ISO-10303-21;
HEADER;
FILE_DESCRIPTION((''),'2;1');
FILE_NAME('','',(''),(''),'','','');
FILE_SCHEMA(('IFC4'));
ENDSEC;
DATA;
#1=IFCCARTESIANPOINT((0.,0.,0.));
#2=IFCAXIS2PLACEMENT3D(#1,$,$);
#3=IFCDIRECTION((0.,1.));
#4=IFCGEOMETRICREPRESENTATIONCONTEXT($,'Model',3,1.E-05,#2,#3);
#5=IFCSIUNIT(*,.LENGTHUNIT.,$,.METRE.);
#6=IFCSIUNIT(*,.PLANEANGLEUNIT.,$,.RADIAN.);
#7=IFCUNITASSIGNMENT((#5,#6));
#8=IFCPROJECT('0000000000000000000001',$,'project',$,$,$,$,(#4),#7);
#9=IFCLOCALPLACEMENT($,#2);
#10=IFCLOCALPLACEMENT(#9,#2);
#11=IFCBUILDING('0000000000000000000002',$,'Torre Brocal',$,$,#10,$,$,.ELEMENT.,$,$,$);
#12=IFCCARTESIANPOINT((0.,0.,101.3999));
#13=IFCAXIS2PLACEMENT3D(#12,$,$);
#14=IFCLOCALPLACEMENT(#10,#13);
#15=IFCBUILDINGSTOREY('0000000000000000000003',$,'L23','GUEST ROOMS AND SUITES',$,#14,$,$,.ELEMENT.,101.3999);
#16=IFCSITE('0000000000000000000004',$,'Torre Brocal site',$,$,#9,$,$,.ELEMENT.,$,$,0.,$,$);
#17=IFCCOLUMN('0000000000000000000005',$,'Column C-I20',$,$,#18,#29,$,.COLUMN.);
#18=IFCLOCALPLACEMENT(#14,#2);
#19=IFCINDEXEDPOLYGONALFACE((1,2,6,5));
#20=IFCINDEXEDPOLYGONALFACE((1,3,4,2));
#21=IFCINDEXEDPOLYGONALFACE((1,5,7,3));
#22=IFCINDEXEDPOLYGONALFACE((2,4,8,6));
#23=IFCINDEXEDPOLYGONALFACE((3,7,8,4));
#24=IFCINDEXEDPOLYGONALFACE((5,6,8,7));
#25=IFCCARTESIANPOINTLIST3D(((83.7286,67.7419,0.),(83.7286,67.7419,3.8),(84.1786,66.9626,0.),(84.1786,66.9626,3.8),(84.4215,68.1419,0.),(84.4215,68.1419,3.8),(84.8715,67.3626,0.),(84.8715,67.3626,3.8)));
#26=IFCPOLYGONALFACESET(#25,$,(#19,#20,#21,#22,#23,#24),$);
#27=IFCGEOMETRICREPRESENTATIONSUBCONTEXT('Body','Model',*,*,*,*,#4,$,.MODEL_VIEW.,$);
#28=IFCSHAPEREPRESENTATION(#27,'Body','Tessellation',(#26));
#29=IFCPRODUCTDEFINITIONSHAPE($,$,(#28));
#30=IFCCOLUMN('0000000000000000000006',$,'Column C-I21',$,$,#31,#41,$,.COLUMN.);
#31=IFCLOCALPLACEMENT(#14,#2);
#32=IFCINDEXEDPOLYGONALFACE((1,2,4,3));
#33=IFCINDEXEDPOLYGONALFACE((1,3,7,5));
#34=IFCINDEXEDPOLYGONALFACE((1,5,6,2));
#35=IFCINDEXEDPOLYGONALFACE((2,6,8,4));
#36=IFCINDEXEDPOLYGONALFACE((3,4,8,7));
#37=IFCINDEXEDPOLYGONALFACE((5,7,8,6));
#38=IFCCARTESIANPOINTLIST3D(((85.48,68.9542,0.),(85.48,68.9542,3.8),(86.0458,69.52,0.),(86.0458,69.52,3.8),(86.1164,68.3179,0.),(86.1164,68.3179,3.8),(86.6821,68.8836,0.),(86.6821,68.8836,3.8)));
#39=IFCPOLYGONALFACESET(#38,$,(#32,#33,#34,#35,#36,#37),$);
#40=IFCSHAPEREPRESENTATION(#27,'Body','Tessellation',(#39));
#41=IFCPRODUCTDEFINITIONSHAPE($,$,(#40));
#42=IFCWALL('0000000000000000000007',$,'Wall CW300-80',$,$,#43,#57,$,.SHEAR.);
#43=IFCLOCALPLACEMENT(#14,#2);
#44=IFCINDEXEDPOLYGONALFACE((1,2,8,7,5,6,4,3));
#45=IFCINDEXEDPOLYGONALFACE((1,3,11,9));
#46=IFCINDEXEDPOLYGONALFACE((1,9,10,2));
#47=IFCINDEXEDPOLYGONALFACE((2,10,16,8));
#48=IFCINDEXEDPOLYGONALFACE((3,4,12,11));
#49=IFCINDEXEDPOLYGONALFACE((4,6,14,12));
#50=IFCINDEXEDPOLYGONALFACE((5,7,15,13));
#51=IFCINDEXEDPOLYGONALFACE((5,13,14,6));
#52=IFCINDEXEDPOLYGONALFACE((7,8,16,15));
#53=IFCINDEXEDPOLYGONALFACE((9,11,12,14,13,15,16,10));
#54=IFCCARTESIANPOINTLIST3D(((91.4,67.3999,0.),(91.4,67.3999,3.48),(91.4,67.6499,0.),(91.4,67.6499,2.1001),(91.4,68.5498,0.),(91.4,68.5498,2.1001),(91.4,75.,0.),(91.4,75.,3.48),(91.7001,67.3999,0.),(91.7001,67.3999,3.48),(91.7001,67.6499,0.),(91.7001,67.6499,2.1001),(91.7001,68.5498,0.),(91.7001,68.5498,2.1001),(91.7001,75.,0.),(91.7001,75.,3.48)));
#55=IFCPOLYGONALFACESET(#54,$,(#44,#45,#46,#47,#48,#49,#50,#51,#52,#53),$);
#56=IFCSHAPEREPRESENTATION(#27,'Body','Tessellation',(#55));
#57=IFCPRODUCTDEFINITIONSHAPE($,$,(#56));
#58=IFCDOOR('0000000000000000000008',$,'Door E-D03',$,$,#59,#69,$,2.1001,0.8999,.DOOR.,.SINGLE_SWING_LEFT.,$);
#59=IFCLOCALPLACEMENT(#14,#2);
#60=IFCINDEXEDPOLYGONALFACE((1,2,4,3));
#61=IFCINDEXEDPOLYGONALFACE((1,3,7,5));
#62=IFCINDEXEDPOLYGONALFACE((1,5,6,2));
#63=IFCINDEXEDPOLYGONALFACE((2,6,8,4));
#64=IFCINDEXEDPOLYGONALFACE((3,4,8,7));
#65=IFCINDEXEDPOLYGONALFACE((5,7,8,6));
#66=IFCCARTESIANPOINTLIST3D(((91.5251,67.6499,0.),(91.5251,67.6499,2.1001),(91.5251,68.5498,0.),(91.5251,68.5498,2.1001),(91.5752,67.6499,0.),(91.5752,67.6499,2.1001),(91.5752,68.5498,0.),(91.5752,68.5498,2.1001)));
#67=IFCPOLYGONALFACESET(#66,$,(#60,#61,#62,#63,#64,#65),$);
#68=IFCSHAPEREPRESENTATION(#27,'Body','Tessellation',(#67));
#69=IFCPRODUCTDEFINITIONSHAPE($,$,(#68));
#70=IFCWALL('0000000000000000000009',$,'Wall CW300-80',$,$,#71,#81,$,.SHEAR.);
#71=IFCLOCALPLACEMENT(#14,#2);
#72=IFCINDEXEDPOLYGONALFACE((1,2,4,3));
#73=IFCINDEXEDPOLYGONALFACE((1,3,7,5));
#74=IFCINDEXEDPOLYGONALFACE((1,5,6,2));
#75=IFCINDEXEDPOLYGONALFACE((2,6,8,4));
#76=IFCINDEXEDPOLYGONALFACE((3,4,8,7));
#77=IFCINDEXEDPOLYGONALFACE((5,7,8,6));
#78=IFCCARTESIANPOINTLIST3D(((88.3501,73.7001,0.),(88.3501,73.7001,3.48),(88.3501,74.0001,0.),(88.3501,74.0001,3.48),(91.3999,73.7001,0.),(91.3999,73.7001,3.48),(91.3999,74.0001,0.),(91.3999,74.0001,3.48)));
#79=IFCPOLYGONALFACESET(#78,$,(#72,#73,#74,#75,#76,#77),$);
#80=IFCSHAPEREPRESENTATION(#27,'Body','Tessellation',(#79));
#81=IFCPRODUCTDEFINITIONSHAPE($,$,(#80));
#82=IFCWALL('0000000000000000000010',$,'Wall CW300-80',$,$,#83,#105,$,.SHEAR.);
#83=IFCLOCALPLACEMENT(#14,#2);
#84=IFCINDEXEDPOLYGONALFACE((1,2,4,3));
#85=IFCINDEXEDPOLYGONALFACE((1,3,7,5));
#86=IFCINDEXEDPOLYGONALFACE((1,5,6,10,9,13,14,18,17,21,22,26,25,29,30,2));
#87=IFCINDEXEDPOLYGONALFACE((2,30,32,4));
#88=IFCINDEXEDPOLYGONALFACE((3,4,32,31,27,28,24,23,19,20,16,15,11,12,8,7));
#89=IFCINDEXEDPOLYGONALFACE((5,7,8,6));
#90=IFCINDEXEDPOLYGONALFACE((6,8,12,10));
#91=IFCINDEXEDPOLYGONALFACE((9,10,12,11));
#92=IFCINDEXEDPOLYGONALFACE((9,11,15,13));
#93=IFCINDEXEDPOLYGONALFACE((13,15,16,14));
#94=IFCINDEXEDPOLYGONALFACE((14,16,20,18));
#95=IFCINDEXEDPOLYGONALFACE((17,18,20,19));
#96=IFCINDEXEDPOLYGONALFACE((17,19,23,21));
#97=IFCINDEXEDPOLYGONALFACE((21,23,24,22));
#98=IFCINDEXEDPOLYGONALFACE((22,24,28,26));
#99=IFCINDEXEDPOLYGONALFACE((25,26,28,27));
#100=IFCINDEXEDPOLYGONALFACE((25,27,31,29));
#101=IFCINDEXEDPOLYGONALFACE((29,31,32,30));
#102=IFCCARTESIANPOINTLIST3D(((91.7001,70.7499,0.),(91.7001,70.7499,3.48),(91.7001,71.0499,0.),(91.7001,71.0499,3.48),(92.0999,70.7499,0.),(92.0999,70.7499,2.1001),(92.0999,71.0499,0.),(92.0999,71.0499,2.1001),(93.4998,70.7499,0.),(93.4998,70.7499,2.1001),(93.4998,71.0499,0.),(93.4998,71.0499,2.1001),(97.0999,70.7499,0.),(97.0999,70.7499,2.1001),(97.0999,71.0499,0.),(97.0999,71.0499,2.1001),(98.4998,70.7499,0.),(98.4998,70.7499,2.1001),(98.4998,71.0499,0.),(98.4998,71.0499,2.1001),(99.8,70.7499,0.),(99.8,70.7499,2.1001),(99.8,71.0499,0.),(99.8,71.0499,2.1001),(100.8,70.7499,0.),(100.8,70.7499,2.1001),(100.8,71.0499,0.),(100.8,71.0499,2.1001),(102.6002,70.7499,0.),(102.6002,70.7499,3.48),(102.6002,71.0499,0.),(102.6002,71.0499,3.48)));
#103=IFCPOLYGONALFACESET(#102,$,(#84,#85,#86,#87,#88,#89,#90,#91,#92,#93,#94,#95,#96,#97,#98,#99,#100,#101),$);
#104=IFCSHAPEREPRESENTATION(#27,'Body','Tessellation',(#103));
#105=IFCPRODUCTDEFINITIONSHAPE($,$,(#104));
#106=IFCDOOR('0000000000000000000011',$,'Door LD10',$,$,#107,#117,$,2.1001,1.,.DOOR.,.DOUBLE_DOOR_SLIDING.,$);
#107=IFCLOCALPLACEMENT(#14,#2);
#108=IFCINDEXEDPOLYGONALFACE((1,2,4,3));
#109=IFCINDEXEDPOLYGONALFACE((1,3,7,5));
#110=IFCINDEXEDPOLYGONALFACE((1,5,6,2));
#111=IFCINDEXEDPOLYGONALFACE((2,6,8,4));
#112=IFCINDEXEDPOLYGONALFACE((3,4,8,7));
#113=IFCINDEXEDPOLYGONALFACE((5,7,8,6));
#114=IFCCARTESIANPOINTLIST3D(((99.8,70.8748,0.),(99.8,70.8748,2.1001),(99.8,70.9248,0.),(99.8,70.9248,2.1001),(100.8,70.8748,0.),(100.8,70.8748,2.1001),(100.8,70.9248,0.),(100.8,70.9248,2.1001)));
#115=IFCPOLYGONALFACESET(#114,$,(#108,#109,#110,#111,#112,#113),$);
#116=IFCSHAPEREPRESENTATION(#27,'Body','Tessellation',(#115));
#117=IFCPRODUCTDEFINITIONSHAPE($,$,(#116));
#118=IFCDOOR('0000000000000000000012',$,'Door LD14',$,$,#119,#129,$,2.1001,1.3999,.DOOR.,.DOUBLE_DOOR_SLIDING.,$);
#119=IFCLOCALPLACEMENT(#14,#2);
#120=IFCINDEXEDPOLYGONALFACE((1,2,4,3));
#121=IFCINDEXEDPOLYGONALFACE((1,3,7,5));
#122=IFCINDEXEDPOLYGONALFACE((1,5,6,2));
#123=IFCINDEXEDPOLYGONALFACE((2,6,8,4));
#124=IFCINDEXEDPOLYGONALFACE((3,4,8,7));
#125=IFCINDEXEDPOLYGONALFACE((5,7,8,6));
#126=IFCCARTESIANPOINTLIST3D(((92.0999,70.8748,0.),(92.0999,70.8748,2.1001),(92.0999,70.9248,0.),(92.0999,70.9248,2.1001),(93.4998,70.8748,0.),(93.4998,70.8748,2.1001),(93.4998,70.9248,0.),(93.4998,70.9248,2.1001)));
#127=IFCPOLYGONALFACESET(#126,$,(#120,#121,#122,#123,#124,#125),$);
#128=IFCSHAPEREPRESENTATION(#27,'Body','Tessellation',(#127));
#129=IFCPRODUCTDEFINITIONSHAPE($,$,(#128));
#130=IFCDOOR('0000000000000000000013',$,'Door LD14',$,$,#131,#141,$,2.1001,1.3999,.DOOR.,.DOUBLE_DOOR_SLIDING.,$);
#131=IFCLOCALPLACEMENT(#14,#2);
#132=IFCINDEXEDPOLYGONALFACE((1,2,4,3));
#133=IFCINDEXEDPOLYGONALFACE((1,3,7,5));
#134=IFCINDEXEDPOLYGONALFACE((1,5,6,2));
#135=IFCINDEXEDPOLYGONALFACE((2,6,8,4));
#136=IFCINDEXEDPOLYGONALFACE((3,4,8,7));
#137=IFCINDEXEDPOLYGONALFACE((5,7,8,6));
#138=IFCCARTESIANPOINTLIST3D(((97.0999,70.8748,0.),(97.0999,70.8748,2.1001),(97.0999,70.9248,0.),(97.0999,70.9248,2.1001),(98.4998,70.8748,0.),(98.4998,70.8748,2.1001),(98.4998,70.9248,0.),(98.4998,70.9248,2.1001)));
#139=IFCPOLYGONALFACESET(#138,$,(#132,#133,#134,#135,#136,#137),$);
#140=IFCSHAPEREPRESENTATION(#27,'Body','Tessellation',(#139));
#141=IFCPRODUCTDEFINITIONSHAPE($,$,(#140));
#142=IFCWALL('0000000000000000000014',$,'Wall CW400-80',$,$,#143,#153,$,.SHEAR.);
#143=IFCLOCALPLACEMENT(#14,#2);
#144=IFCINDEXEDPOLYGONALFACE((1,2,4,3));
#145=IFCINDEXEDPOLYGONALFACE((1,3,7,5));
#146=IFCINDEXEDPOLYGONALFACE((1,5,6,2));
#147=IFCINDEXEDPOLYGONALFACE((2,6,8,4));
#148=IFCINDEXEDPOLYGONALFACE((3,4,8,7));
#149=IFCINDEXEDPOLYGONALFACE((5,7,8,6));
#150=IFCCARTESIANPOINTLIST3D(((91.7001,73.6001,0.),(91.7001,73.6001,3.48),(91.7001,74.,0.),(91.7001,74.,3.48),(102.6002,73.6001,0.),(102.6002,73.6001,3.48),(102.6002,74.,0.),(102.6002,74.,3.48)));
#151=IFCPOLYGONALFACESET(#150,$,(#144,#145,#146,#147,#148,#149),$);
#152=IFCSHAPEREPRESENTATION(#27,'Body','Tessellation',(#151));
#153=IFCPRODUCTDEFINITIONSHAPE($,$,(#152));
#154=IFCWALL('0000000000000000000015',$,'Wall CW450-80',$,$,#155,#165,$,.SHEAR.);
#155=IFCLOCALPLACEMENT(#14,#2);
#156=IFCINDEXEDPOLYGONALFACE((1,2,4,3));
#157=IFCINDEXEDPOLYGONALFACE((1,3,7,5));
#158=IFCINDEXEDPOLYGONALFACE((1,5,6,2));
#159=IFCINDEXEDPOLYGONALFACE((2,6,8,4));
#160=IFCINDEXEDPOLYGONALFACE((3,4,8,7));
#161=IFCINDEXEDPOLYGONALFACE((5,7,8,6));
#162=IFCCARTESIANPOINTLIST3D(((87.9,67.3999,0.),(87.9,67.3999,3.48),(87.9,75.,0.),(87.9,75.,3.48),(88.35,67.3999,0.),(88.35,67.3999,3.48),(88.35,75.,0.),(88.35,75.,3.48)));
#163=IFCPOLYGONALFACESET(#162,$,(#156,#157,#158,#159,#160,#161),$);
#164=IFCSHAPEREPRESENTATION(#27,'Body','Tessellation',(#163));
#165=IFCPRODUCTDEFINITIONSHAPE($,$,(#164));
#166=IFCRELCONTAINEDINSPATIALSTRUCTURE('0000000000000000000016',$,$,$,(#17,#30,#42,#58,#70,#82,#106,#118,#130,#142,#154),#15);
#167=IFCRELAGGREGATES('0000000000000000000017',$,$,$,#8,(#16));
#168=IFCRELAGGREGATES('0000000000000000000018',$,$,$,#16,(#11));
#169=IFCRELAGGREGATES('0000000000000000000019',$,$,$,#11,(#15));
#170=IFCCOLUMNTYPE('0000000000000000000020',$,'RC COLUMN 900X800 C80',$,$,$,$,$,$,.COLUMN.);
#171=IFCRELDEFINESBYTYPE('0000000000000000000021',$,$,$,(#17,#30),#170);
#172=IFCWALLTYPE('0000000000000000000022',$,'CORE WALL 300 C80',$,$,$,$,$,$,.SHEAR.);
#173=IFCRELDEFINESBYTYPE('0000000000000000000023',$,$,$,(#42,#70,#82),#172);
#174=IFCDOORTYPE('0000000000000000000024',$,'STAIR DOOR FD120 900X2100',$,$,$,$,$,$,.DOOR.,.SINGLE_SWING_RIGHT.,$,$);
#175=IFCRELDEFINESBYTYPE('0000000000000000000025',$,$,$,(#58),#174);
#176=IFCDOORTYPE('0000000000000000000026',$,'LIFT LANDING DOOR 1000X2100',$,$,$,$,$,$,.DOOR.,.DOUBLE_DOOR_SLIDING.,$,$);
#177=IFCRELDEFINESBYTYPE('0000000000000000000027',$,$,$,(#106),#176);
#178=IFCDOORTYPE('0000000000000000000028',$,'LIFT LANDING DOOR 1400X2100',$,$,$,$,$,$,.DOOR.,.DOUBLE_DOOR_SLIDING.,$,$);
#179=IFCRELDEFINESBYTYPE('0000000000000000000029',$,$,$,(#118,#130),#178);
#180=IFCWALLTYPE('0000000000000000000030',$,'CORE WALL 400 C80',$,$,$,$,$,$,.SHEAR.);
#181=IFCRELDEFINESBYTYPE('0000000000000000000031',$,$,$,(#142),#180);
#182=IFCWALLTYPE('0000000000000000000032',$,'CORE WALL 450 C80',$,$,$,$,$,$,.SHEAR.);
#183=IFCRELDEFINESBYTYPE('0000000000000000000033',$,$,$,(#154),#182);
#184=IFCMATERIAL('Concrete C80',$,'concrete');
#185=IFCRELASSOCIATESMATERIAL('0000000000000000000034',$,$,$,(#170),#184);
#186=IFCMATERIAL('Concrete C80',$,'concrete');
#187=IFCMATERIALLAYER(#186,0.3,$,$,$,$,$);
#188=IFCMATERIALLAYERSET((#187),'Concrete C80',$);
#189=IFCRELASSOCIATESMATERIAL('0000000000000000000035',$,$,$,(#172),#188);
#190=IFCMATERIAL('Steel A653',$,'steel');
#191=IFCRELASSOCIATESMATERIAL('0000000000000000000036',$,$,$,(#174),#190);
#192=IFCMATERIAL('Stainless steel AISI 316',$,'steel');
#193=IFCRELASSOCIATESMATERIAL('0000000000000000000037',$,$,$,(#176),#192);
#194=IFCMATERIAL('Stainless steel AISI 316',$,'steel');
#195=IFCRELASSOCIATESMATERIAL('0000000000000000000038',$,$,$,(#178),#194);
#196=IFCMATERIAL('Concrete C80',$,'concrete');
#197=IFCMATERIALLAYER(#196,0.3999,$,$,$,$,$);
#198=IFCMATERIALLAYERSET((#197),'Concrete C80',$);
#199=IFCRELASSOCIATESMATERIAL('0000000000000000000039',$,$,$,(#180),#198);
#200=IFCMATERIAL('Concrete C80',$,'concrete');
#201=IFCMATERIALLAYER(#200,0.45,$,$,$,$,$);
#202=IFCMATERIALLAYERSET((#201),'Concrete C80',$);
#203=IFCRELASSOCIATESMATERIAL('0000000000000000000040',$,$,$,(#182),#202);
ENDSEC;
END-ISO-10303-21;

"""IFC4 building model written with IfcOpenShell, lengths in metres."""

from ifc_helpers import new_model, si_unit, direction, frame, frame_2d, origin, origin_2d, place, context, subcontext, project, spatial, rectangle, extrude, material, layer, layer_set, material_profile, profile_set, type_object, element, fill, save


model = new_model("IFC4")

# Units and contexts
model_context = context("Model", 3, precision=1e-05, world=origin(), true_north=direction((0.0, 1.0)))
body_context = subcontext(model_context, "Body", "Model", "MODEL_VIEW")
ifc_project = project(units=[si_unit("LENGTHUNIT", "METRE"), si_unit("PLANEANGLEUNIT", "RADIAN")], contexts=[model_context])

# Site, building, storey
site_placement = place(None, origin())
site = spatial("IfcSite", under=ifc_project, at=site_placement, Name="Torre Brocal site", CompositionType="ELEMENT", RefElevation=0.0)
building_placement = place(site_placement, origin())
building = spatial("IfcBuilding", under=site, at=building_placement, Name="Torre Brocal", CompositionType="ELEMENT")
storey_placement = place(building_placement, frame((0.0, 0.0, 101.3999)))
storey = spatial("IfcBuildingStorey", under=building, at=storey_placement, Name="L23", Description="GUEST ROOMS AND SUITES", CompositionType="ELEMENT", Elevation=101.3999)

# Columns
ifc_material_1 = material(Name="Concrete C80", Category="concrete")
ifc_material_profile = material_profile(ifc_material_1, rectangle(XDim=0.8999, YDim=0.8, at=origin_2d()), Name="RC 900X800")
ifc_profile_set = profile_set([ifc_material_profile], Name="Concrete C80")
column_type = type_object("IfcColumnType", Name="RC COLUMN 900X800 C80", PredefinedType="COLUMN", material=ifc_profile_set)
for number, where, z_axis, x_axis, name in (
    (1, (84.3, 67.5522, 0.0), (0.0, 0.0, 1.0), (0.5, -0.866025, 0.0), "Column C-I20"),
    (2, (86.0811, 68.9189, 0.0), (0.0, 0.0, 1.0), (0.707107, -0.707107, 0.0), "Column C-I21"),
):
    element("IfcColumn", number, at=place(storey_placement, frame(where, z_axis=z_axis, x_axis=x_axis)), inside=storey, type_object=column_type, Name=name, PredefinedType="COLUMN", context=body_context, shape_type="SweptSolid", body=[
        extrude(rectangle(XDim=0.8999, YDim=0.8, at=origin_2d()), origin(), (0.0, 0.0, 1.0), 3.8),
    ])

# Wall, opening, door
ifc_material_2 = material(Name="Concrete C80", Category="concrete")
ifc_layer_1 = layer(ifc_material_2, 0.3)
ifc_layer_set_1 = layer_set([ifc_layer_1], Name="Concrete C80")
wall_type_1 = type_object("IfcWallType", Name="CORE WALL 300 C80", PredefinedType="SHEAR", material=ifc_layer_set_1)
wall_1_placement = place(storey_placement, frame((91.55, 67.3999, 0.0), z_axis=(0.0, 0.0, 1.0), x_axis=(0.0, 1.0, 0.0)))
wall_1 = element("IfcWall", 3, at=wall_1_placement, inside=storey, type_object=wall_type_1, Name="Wall CW300-80", PredefinedType="SHEAR", context=body_context, shape_type="SweptSolid", body=[
    extrude(rectangle(XDim=7.6001, YDim=0.3, at=frame_2d((3.8, 0.0))), origin(), (0.0, 0.0, 1.0), 3.48),
])
opening_1_placement = place(wall_1_placement, frame((0.25, 0.0, 0.0)))
opening_1 = element("IfcOpeningElement", 4, at=opening_1_placement, cuts=wall_1, PredefinedType="OPENING", context=body_context, shape_type="SweptSolid", body=[
    extrude(rectangle(XDim=0.8999, YDim=2.1001, at=frame_2d((0.45, 1.05))), frame((0.0, 0.1599, 0.0), z_axis=(0.0, -1.0, 0.0), x_axis=(1.0, 0.0, 0.0)), (0.0, 0.0, 1.0), 0.3201),
])
ifc_material_3 = material(Name="Steel A653", Category="steel")
door_type_1 = type_object("IfcDoorType", Name="STAIR DOOR FD120 900X2100", OperationType="SINGLE_SWING_RIGHT", PredefinedType="DOOR", material=ifc_material_3)
door_1_placement = place(opening_1_placement, origin())
door_1 = element("IfcDoor", 5, at=door_1_placement, inside=storey, type_object=door_type_1, Name="Door E-D03", OperationType="SINGLE_SWING_LEFT", OverallHeight=2.1001, OverallWidth=0.8999, PredefinedType="DOOR", context=body_context, shape_type="SweptSolid", body=[
    extrude(rectangle(XDim=0.8999, YDim=2.1001, at=frame_2d((0.45, 1.05))), frame((0.0, 0.0249, 0.0), z_axis=(0.0, -1.0, 0.0), x_axis=(1.0, 0.0, 0.0)), (0.0, 0.0, 1.0), 0.05),
])
fill(opening_1, door_1)

# Wall
wall_2_placement = place(storey_placement, frame((88.3501, 73.8501, 0.0), z_axis=(0.0, 0.0, 1.0), x_axis=(1.0, 0.0, 0.0)))
element("IfcWall", 6, at=wall_2_placement, inside=storey, type_object=wall_type_1, Name="Wall CW300-80", PredefinedType="SHEAR", context=body_context, shape_type="SweptSolid", body=[
    extrude(rectangle(XDim=3.0498, YDim=0.3, at=frame_2d((1.5249, 0.0))), origin(), (0.0, 0.0, 1.0), 3.48),
])

# Wall, openings, doors
wall_3_placement = place(storey_placement, frame((91.7, 70.8999, 0.0), z_axis=(0.0, 0.0, 1.0), x_axis=(1.0, 0.0, 0.0)))
wall_3 = element("IfcWall", 7, at=wall_3_placement, inside=storey, type_object=wall_type_1, Name="Wall CW300-80", PredefinedType="SHEAR", context=body_context, shape_type="SweptSolid", body=[
    extrude(rectangle(XDim=10.9001, YDim=0.3, at=frame_2d((5.4502, 0.0))), origin(), (0.0, 0.0, 1.0), 3.48),
])
opening_2_placement = place(wall_3_placement, frame((0.3999, 0.0, 0.0)))
opening_2 = element("IfcOpeningElement", 8, at=opening_2_placement, cuts=wall_3, PredefinedType="OPENING", context=body_context, shape_type="SweptSolid", body=[
    extrude(rectangle(XDim=1.3999, YDim=2.1001, at=frame_2d((0.7, 1.05))), frame((0.0, 0.1599, 0.0), z_axis=(0.0, -1.0, 0.0), x_axis=(1.0, 0.0, 0.0)), (0.0, 0.0, 1.0), 0.3201),
])
opening_3_placement = place(wall_3_placement, frame((5.3999, 0.0, 0.0)))
opening_3 = element("IfcOpeningElement", 9, at=opening_3_placement, cuts=wall_3, PredefinedType="OPENING", context=body_context, shape_type="SweptSolid", body=[
    extrude(rectangle(XDim=1.3999, YDim=2.1001, at=frame_2d((0.7, 1.05))), frame((0.0, 0.1599, 0.0), z_axis=(0.0, -1.0, 0.0), x_axis=(1.0, 0.0, 0.0)), (0.0, 0.0, 1.0), 0.3201),
])
opening_4_placement = place(wall_3_placement, frame((8.1001, 0.0, 0.0)))
opening_4 = element("IfcOpeningElement", 10, at=opening_4_placement, cuts=wall_3, PredefinedType="OPENING", context=body_context, shape_type="SweptSolid", body=[
    extrude(rectangle(XDim=1.0, YDim=2.1001, at=frame_2d((0.5, 1.05))), frame((0.0, 0.1599, 0.0), z_axis=(0.0, -1.0, 0.0), x_axis=(1.0, 0.0, 0.0)), (0.0, 0.0, 1.0), 0.3201),
])
ifc_material_4 = material(Name="Stainless steel AISI 316", Category="steel")
door_type_2 = type_object("IfcDoorType", Name="LIFT LANDING DOOR 1000X2100", OperationType="DOUBLE_DOOR_SLIDING", PredefinedType="DOOR", material=ifc_material_4)
door_2_placement = place(opening_4_placement, origin())
door_2 = element("IfcDoor", 11, at=door_2_placement, inside=storey, type_object=door_type_2, Name="Door LD10", OperationType="DOUBLE_DOOR_SLIDING", OverallHeight=2.1001, OverallWidth=1.0, PredefinedType="DOOR", context=body_context, shape_type="SweptSolid", body=[
    extrude(rectangle(XDim=1.0, YDim=2.1001, at=frame_2d((0.5, 1.05))), frame((0.0, 0.0249, 0.0), z_axis=(0.0, -1.0, 0.0), x_axis=(1.0, 0.0, 0.0)), (0.0, 0.0, 1.0), 0.05),
])
fill(opening_4, door_2)
ifc_material_5 = material(Name="Stainless steel AISI 316", Category="steel")
door_type_3 = type_object("IfcDoorType", Name="LIFT LANDING DOOR 1400X2100", OperationType="DOUBLE_DOOR_SLIDING", PredefinedType="DOOR", material=ifc_material_5)
door_3_placement = place(opening_2_placement, origin())
door_3 = element("IfcDoor", 12, at=door_3_placement, inside=storey, type_object=door_type_3, Name="Door LD14", OperationType="DOUBLE_DOOR_SLIDING", OverallHeight=2.1001, OverallWidth=1.3999, PredefinedType="DOOR", context=body_context, shape_type="SweptSolid", body=[
    extrude(rectangle(XDim=1.3999, YDim=2.1001, at=frame_2d((0.7, 1.05))), frame((0.0, 0.0249, 0.0), z_axis=(0.0, -1.0, 0.0), x_axis=(1.0, 0.0, 0.0)), (0.0, 0.0, 1.0), 0.05),
])
fill(opening_2, door_3)
door_4_placement = place(opening_3_placement, origin())
door_4 = element("IfcDoor", 13, at=door_4_placement, inside=storey, type_object=door_type_3, Name="Door LD14", OperationType="DOUBLE_DOOR_SLIDING", OverallHeight=2.1001, OverallWidth=1.3999, PredefinedType="DOOR", context=body_context, shape_type="SweptSolid", body=[
    extrude(rectangle(XDim=1.3999, YDim=2.1001, at=frame_2d((0.7, 1.05))), frame((0.0, 0.0249, 0.0), z_axis=(0.0, -1.0, 0.0), x_axis=(1.0, 0.0, 0.0)), (0.0, 0.0, 1.0), 0.05),
])
fill(opening_3, door_4)

# Walls
ifc_material_6 = material(Name="Concrete C80", Category="concrete")
ifc_layer_2 = layer(ifc_material_6, 0.3999)
ifc_layer_set_2 = layer_set([ifc_layer_2], Name="Concrete C80")
wall_type_2 = type_object("IfcWallType", Name="CORE WALL 400 C80", PredefinedType="SHEAR", material=ifc_layer_set_2)
wall_4_placement = place(storey_placement, frame((91.7, 73.8, 0.0), z_axis=(0.0, 0.0, 1.0), x_axis=(1.0, 0.0, 0.0)))
element("IfcWall", 14, at=wall_4_placement, inside=storey, type_object=wall_type_2, Name="Wall CW400-80", PredefinedType="SHEAR", context=body_context, shape_type="SweptSolid", body=[
    extrude(rectangle(XDim=10.9001, YDim=0.3999, at=frame_2d((5.4502, 0.0))), origin(), (0.0, 0.0, 1.0), 3.48),
])
ifc_material_7 = material(Name="Concrete C80", Category="concrete")
ifc_layer_3 = layer(ifc_material_7, 0.45)
ifc_layer_set_3 = layer_set([ifc_layer_3], Name="Concrete C80")
wall_type_3 = type_object("IfcWallType", Name="CORE WALL 450 C80", PredefinedType="SHEAR", material=ifc_layer_set_3)
wall_5_placement = place(storey_placement, frame((88.125, 67.3999, 0.0), z_axis=(0.0, 0.0, 1.0), x_axis=(0.0, 1.0, 0.0)))
element("IfcWall", 15, at=wall_5_placement, inside=storey, type_object=wall_type_3, Name="Wall CW450-80", PredefinedType="SHEAR", context=body_context, shape_type="SweptSolid", body=[
    extrude(rectangle(XDim=7.6001, YDim=0.45, at=frame_2d((3.8, 0.0))), origin(), (0.0, 0.0, 1.0), 3.48),
])

save(model, "model.ifc")
